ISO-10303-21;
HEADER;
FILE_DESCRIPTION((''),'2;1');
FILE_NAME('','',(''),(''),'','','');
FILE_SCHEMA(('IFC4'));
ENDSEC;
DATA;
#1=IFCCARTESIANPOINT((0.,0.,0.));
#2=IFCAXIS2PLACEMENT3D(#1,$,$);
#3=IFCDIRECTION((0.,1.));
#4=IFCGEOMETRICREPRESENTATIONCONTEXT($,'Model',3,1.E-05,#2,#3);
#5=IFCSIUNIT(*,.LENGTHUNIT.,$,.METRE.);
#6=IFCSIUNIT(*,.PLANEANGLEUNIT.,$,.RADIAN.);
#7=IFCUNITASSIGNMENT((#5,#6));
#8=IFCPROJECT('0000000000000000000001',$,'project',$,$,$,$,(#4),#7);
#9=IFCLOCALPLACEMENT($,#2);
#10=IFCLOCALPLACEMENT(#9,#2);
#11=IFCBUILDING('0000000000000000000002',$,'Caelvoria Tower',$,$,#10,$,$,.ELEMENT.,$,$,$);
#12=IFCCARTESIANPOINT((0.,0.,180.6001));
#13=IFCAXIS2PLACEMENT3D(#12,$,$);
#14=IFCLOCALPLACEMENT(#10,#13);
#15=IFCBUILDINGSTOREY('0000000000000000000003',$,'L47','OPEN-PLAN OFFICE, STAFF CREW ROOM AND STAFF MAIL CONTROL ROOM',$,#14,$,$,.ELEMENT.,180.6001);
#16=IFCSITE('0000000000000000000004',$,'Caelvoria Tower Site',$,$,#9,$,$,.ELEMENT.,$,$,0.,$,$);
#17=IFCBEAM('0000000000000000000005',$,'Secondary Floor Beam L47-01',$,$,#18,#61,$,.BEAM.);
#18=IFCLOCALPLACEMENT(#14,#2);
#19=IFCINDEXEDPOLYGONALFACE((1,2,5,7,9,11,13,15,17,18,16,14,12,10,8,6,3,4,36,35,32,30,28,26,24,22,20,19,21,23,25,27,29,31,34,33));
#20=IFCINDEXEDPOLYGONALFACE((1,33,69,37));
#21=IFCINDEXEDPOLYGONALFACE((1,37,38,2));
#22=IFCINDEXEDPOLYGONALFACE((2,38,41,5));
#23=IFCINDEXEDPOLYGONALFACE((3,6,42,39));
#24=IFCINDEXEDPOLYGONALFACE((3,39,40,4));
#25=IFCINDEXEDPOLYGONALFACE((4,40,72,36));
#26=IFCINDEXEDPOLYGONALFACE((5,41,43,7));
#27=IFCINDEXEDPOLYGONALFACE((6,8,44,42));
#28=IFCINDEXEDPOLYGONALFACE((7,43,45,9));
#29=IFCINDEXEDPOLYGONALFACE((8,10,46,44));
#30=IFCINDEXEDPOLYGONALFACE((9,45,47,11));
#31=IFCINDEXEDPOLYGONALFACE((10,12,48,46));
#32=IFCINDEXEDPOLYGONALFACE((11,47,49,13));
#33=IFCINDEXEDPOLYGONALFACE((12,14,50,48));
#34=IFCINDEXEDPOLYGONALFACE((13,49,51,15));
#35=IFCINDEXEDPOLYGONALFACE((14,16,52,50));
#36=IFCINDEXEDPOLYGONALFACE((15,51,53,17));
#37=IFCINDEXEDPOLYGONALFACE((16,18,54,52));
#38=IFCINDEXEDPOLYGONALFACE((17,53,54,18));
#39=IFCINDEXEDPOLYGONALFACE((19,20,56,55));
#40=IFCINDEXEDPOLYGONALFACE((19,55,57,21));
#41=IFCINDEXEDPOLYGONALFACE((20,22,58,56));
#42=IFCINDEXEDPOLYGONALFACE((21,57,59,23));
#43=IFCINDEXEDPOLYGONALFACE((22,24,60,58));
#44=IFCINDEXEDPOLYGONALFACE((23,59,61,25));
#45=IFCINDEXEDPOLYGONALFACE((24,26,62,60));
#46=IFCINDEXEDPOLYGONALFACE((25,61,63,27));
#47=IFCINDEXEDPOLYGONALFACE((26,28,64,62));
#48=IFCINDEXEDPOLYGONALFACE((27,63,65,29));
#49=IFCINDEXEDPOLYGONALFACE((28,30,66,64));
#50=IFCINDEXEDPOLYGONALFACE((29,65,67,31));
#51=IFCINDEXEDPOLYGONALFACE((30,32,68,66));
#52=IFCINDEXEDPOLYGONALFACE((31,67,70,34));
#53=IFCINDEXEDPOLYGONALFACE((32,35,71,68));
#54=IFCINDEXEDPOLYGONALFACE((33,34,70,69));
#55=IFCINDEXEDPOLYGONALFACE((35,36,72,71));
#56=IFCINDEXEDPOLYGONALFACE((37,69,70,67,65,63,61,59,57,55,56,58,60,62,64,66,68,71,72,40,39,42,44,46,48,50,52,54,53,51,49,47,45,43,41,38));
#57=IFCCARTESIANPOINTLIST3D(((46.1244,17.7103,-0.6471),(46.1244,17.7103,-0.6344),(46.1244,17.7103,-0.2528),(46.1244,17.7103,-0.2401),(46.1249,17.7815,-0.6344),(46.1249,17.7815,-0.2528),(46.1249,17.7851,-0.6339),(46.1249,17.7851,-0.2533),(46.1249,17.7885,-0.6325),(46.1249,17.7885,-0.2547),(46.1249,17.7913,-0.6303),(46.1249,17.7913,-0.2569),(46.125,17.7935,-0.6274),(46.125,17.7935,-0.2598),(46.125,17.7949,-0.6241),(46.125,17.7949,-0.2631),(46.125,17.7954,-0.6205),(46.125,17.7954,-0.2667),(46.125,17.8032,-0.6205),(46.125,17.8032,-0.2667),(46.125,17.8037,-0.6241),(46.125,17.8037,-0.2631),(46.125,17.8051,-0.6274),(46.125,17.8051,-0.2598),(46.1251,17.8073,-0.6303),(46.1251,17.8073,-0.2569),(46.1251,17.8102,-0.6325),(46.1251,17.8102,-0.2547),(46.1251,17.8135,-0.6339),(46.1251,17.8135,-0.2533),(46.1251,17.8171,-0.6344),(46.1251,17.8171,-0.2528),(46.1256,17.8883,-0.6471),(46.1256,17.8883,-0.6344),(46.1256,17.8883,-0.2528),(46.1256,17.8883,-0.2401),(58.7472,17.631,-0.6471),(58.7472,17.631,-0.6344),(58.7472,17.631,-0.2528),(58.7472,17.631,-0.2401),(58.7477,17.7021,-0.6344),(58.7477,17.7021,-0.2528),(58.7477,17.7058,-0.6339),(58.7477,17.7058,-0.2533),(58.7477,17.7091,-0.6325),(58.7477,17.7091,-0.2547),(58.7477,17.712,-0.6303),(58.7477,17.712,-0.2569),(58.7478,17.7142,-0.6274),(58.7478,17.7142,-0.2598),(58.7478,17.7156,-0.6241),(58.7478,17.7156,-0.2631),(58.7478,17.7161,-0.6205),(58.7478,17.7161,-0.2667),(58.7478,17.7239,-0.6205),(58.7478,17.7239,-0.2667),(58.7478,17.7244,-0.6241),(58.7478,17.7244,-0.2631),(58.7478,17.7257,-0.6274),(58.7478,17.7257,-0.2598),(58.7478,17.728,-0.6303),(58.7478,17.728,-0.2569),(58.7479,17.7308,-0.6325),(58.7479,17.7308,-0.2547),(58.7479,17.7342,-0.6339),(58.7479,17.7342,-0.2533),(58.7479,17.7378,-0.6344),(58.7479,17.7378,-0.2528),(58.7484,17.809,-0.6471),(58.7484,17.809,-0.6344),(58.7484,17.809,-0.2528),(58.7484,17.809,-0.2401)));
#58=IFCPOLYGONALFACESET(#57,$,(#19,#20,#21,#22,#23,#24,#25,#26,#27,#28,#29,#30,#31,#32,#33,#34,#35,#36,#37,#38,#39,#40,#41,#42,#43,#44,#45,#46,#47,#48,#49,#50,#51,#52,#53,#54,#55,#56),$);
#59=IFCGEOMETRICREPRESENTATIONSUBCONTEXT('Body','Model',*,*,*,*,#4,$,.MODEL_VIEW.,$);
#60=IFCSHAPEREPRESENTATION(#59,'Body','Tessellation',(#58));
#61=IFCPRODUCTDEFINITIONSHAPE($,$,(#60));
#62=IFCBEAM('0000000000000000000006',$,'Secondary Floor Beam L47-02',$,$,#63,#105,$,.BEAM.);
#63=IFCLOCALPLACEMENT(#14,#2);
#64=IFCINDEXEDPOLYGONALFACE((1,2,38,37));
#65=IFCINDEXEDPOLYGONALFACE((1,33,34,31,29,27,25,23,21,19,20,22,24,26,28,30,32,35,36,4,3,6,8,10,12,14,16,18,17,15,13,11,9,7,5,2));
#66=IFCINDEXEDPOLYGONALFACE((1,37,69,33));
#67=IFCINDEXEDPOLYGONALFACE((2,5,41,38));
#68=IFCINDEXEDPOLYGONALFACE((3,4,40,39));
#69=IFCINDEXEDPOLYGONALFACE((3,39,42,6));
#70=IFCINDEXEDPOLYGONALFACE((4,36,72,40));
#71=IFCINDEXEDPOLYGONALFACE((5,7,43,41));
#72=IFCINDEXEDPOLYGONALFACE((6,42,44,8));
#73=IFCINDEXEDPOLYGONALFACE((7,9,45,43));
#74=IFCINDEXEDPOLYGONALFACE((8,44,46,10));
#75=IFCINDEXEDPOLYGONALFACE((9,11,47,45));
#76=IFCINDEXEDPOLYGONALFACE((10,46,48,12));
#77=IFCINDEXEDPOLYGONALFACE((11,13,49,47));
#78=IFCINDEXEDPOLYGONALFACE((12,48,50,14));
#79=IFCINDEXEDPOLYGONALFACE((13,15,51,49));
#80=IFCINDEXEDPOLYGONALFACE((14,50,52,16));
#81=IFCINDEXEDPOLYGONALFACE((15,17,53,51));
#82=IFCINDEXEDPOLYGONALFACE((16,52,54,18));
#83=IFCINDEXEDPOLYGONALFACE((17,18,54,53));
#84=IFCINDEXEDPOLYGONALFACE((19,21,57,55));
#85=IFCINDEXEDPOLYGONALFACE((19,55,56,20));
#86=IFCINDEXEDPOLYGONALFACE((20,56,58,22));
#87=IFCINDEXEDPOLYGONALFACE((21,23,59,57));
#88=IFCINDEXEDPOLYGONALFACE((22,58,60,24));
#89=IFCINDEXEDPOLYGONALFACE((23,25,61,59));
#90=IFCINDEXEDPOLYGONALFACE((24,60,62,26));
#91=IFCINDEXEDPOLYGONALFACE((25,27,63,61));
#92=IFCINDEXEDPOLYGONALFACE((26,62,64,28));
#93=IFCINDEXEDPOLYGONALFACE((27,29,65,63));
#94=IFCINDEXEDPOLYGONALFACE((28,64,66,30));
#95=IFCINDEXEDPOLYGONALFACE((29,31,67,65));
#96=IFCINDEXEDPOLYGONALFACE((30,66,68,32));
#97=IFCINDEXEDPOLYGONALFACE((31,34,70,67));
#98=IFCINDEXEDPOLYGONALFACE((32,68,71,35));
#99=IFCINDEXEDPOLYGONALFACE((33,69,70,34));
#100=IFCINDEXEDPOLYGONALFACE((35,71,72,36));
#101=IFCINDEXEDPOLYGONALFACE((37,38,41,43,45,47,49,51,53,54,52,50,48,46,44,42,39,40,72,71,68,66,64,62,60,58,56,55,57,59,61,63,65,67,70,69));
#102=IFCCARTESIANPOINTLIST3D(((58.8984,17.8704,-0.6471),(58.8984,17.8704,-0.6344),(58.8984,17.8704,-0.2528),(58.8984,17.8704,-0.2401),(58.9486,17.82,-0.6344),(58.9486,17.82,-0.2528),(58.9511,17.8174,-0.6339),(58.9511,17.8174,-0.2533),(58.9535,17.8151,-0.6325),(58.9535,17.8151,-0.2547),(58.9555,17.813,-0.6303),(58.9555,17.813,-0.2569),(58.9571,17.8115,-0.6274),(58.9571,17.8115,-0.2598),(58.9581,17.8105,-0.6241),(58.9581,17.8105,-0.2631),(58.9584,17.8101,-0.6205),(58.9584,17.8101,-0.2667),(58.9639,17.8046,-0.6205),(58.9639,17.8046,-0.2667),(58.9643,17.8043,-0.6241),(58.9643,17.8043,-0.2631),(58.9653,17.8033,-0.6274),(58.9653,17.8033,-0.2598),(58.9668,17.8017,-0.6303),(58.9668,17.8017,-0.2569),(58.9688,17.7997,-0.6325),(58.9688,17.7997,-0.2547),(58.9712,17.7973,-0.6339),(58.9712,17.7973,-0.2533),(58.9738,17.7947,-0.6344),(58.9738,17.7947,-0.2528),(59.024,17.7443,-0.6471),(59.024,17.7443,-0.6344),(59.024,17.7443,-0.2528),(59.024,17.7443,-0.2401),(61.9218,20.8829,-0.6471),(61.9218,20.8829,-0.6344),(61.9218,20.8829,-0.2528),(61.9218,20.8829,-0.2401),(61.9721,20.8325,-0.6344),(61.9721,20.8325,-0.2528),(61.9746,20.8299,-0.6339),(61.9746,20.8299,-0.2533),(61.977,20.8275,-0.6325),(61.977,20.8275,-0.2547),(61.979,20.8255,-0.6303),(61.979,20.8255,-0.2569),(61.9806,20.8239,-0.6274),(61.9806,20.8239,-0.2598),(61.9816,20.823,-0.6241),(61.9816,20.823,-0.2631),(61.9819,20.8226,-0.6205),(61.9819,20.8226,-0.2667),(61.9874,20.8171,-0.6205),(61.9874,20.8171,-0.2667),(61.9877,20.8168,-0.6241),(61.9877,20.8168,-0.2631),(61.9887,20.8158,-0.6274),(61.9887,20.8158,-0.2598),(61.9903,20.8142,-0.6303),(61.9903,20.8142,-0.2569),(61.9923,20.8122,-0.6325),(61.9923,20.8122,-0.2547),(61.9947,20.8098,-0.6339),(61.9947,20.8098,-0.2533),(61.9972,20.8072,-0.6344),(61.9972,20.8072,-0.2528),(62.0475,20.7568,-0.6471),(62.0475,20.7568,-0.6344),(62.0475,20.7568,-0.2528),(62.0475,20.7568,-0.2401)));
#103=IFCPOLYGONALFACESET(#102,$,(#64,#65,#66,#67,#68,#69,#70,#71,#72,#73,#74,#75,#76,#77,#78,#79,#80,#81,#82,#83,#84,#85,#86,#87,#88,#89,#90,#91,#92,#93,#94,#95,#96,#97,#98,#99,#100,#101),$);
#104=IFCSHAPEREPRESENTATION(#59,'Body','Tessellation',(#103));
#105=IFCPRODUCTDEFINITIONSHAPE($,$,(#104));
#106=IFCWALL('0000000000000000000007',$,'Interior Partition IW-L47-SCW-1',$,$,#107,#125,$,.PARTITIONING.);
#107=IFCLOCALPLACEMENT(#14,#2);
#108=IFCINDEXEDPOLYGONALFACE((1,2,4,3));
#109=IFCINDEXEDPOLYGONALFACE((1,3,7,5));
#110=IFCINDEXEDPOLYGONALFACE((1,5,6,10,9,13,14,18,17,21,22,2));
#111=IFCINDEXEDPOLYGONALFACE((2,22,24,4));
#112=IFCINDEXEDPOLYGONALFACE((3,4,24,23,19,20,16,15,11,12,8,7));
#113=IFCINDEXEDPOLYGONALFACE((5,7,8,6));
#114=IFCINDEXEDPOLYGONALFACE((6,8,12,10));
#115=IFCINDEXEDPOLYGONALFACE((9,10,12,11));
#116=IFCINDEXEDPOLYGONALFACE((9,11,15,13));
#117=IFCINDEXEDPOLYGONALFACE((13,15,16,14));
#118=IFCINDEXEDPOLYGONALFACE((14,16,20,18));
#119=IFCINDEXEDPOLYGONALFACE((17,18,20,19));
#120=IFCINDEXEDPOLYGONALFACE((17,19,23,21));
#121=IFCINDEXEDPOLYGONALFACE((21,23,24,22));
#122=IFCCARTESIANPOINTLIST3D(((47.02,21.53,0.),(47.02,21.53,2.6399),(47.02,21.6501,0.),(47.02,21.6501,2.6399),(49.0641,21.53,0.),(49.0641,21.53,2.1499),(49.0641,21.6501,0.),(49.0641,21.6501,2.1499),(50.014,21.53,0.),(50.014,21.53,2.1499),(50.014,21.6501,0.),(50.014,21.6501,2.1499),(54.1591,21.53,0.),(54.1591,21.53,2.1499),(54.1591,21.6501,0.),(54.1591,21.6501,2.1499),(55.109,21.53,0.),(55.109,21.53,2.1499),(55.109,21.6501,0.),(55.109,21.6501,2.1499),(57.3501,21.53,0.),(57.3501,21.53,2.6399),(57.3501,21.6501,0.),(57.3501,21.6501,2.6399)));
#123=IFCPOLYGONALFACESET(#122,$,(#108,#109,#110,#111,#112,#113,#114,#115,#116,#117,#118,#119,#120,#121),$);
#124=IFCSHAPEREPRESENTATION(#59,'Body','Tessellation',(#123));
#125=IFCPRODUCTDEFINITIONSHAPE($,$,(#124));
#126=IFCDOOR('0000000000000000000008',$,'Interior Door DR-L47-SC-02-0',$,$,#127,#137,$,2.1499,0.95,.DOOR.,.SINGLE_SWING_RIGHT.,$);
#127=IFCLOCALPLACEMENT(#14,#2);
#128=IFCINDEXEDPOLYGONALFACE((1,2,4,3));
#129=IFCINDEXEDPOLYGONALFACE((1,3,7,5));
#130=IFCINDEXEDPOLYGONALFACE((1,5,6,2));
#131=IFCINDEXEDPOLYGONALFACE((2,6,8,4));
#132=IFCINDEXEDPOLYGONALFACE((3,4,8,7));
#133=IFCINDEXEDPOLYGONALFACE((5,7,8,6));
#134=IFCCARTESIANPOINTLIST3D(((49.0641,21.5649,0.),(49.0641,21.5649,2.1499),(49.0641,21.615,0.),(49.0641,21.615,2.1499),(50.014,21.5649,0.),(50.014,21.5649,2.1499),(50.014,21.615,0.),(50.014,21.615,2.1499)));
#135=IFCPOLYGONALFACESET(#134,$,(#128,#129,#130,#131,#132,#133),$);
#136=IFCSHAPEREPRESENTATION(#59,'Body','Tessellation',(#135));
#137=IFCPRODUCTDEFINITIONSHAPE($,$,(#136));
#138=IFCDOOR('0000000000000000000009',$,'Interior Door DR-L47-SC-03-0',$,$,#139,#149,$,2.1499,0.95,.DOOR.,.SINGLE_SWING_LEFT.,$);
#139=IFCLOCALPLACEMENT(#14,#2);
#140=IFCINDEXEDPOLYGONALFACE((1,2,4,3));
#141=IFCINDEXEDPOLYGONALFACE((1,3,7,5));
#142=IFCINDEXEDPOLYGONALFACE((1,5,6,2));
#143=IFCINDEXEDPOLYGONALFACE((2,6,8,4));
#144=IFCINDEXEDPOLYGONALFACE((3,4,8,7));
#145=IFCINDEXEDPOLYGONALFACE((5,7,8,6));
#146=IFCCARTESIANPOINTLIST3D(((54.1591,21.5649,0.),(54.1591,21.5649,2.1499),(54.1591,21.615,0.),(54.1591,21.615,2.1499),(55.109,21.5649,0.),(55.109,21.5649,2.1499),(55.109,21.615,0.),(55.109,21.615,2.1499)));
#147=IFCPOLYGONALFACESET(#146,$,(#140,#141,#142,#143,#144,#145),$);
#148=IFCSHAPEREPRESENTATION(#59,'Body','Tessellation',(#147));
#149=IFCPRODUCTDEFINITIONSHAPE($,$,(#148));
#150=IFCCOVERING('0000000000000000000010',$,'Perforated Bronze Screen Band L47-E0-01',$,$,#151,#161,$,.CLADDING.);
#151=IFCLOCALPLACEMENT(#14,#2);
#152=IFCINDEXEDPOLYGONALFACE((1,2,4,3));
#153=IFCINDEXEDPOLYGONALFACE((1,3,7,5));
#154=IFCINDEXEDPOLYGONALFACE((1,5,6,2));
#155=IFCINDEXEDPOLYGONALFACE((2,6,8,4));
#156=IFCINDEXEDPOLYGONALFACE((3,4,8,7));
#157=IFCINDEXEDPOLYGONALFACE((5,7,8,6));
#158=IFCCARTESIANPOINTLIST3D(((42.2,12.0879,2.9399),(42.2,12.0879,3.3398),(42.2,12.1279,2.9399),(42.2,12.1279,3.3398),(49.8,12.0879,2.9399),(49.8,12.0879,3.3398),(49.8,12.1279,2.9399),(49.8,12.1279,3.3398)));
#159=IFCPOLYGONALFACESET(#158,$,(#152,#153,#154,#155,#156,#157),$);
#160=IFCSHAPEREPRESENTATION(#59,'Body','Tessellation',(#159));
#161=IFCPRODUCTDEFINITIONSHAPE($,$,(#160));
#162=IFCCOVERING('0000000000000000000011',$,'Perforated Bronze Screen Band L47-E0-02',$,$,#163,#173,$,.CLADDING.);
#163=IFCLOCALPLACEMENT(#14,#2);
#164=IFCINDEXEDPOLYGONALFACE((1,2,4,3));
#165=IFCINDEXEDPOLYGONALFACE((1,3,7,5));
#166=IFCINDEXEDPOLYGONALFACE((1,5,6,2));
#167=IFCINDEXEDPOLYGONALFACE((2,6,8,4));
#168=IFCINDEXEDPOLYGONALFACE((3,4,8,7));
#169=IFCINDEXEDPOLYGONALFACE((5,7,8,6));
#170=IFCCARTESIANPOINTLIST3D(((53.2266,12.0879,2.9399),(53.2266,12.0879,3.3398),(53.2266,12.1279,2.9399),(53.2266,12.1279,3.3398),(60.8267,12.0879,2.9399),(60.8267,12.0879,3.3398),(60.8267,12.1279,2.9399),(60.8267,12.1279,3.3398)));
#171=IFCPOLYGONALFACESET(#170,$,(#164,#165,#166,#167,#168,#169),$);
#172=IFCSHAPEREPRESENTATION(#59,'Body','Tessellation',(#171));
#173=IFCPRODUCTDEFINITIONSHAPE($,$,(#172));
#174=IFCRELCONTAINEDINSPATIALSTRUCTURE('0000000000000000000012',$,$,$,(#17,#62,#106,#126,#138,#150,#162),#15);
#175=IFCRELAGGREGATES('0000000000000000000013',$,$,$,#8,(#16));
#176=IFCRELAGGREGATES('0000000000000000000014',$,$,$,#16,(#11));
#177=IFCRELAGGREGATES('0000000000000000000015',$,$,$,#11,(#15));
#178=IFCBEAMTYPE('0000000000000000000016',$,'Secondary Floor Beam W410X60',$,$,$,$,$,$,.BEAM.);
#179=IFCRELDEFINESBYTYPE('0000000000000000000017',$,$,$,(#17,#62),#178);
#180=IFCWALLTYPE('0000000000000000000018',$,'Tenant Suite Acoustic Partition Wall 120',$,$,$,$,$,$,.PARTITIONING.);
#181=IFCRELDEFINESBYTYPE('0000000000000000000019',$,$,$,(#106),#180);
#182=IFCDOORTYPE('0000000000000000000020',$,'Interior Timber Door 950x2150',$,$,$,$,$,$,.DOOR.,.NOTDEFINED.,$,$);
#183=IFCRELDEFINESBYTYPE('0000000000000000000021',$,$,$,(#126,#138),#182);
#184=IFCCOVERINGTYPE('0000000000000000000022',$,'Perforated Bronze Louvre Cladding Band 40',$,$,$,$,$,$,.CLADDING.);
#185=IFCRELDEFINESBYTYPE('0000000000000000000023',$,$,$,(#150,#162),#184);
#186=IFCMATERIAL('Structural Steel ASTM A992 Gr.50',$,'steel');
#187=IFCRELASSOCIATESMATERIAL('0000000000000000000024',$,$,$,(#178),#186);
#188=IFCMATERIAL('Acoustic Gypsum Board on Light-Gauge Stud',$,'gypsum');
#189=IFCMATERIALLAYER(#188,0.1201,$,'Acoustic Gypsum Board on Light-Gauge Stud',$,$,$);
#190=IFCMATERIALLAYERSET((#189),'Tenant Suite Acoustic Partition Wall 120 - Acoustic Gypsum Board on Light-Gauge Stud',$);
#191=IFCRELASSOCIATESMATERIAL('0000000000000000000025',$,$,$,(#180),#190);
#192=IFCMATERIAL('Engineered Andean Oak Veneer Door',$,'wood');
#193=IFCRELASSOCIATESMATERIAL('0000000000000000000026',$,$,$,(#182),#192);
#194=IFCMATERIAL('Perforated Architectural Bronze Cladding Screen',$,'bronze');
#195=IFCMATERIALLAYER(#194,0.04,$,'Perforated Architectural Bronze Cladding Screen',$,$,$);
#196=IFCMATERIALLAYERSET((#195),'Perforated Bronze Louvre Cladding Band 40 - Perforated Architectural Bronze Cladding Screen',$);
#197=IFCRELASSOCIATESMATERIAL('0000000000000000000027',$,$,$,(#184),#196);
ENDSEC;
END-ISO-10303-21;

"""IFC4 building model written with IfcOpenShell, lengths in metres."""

from ifc_helpers import new_model, si_unit, direction, frame, frame_2d, origin, origin_2d, place, context, subcontext, project, spatial, rectangle, i_section, extrude, material, layer, layer_set, material_profile, profile_set, type_object, element, fill, save


model = new_model("IFC4")

# Units and contexts
model_context = context("Model", 3, precision=1e-05, world=origin(), true_north=direction((0.0, 1.0)))
body_context = subcontext(model_context, "Body", "Model", "MODEL_VIEW")
ifc_project = project(units=[si_unit("LENGTHUNIT", "METRE"), si_unit("PLANEANGLEUNIT", "RADIAN")], contexts=[model_context])

# Site, building, storey
site_placement = place(None, origin())
site = spatial("IfcSite", under=ifc_project, at=site_placement, Name="Caelvoria Tower Site", CompositionType="ELEMENT", RefElevation=0.0)
building_placement = place(site_placement, origin())
building = spatial("IfcBuilding", under=site, at=building_placement, Name="Caelvoria Tower", CompositionType="ELEMENT")
storey_placement = place(building_placement, frame((0.0, 0.0, 180.6001)))
storey = spatial("IfcBuildingStorey", under=building, at=storey_placement, Name="L47", Description="OPEN-PLAN OFFICE, STAFF CREW ROOM AND STAFF MAIL CONTROL ROOM", CompositionType="ELEMENT", Elevation=180.6001)

# Beams
ifc_material_1 = material(Name="Structural Steel ASTM A992 Gr.50", Category="steel")
ifc_material_profile = material_profile(ifc_material_1, i_section(OverallWidth=0.178, OverallDepth=0.407, WebThickness=0.0078, FlangeThickness=0.0127, FilletRadius=0.0139, at=origin_2d()), Name="Structural Steel ASTM A992 Gr.50")
ifc_profile_set = profile_set([ifc_material_profile], Name="W410X60 - Structural Steel ASTM A992 Gr.50")
beam_type = type_object("IfcBeamType", Name="Secondary Floor Beam W410X60", PredefinedType="BEAM", material=ifc_profile_set)
beam_1_placement = place(storey_placement, frame((46.125, 17.7993, -0.4436), z_axis=(0.99998, -0.006286, 0.0), x_axis=(0.006286, 0.99998, 0.0)))
element("IfcBeam", 1, at=beam_1_placement, inside=storey, type_object=beam_type, Name="Secondary Floor Beam L47-01", PredefinedType="BEAM", context=body_context, shape_type="SweptSolid", body=[
    extrude(i_section(OverallWidth=0.178, OverallDepth=0.407, WebThickness=0.0078, FlangeThickness=0.0127, FilletRadius=0.0139, at=origin_2d()), origin(), (0.0, 0.0, 1.0), 12.623),
])
beam_2_placement = place(storey_placement, frame((58.9612, 17.8074, -0.4436), z_axis=(0.708393, 0.705819, 0.0), x_axis=(-0.705819, 0.708393, 0.0)))
element("IfcBeam", 2, at=beam_2_placement, inside=storey, type_object=beam_type, Name="Secondary Floor Beam L47-02", PredefinedType="BEAM", context=body_context, shape_type="SweptSolid", body=[
    extrude(i_section(OverallWidth=0.178, OverallDepth=0.407, WebThickness=0.0078, FlangeThickness=0.0127, FilletRadius=0.0139, at=origin_2d()), origin(), (0.0, 0.0, 1.0), 4.2681),
])

# Wall, openings, doors
ifc_material_2 = material(Name="Acoustic Gypsum Board on Light-Gauge Stud", Category="gypsum")
ifc_layer_1 = layer(ifc_material_2, 0.1201, Name="Acoustic Gypsum Board on Light-Gauge Stud")
ifc_layer_set_1 = layer_set([ifc_layer_1], Name="Tenant Suite Acoustic Partition Wall 120 - Acoustic Gypsum Board on Light-Gauge Stud")
wall_type = type_object("IfcWallType", Name="Tenant Suite Acoustic Partition Wall 120", PredefinedType="PARTITIONING", material=ifc_layer_set_1)
wall_placement = place(storey_placement, frame((47.02, 21.5901, 0.0), z_axis=(0.0, 0.0, 1.0), x_axis=(1.0, 0.0, 0.0)))
wall = element("IfcWall", 3, at=wall_placement, inside=storey, type_object=wall_type, Name="Interior Partition IW-L47-SCW-1", PredefinedType="PARTITIONING", context=body_context, shape_type="SweptSolid", body=[
    extrude(rectangle(XDim=10.3301, YDim=0.1201, at=frame_2d((5.165, 0.0))), origin(), (0.0, 0.0, 1.0), 2.6399),
])
opening_1_placement = place(wall_placement, frame((2.0439, 0.0, 0.0)))
opening_1 = element("IfcOpeningElement", 4, at=opening_1_placement, cuts=wall, PredefinedType="OPENING", context=body_context, shape_type="SweptSolid", body=[
    extrude(rectangle(XDim=0.95, YDim=2.1499, at=frame_2d((0.4751, 1.075))), frame((0.0, 0.0701, 0.0), z_axis=(0.0, -1.0, 0.0), x_axis=(1.0, 0.0, 0.0)), (0.0, 0.0, 1.0), 0.1401),
])
opening_2_placement = place(wall_placement, frame((7.1389, 0.0, 0.0)))
opening_2 = element("IfcOpeningElement", 5, at=opening_2_placement, cuts=wall, PredefinedType="OPENING", context=body_context, shape_type="SweptSolid", body=[
    extrude(rectangle(XDim=0.95, YDim=2.1499, at=frame_2d((0.4751, 1.075))), frame((0.0, 0.0701, 0.0), z_axis=(0.0, -1.0, 0.0), x_axis=(1.0, 0.0, 0.0)), (0.0, 0.0, 1.0), 0.1401),
])
ifc_material_3 = material(Name="Engineered Andean Oak Veneer Door", Category="wood")
door_type = type_object("IfcDoorType", Name="Interior Timber Door 950x2150", OperationType="NOTDEFINED", PredefinedType="DOOR", material=ifc_material_3)
door_1_placement = place(opening_1_placement, origin())
door_1 = element("IfcDoor", 6, at=door_1_placement, inside=storey, type_object=door_type, Name="Interior Door DR-L47-SC-02-0", OperationType="SINGLE_SWING_RIGHT", OverallHeight=2.1499, OverallWidth=0.95, PredefinedType="DOOR", context=body_context, shape_type="SweptSolid", body=[
    extrude(rectangle(XDim=0.95, YDim=2.1499, at=frame_2d((0.4751, 1.075))), frame((0.0, 0.0249, 0.0), z_axis=(0.0, -1.0, 0.0), x_axis=(1.0, 0.0, 0.0)), (0.0, 0.0, 1.0), 0.05),
])
fill(opening_1, door_1)
door_2_placement = place(opening_2_placement, origin())
door_2 = element("IfcDoor", 7, at=door_2_placement, inside=storey, type_object=door_type, Name="Interior Door DR-L47-SC-03-0", OperationType="SINGLE_SWING_LEFT", OverallHeight=2.1499, OverallWidth=0.95, PredefinedType="DOOR", context=body_context, shape_type="SweptSolid", body=[
    extrude(rectangle(XDim=0.95, YDim=2.1499, at=frame_2d((0.4751, 1.075))), frame((0.0, 0.0249, 0.0), z_axis=(0.0, -1.0, 0.0), x_axis=(1.0, 0.0, 0.0)), (0.0, 0.0, 1.0), 0.05),
])
fill(opening_2, door_2)

# Coverings
ifc_material_4 = material(Name="Perforated Architectural Bronze Cladding Screen", Category="bronze")
ifc_layer_2 = layer(ifc_material_4, 0.04, Name="Perforated Architectural Bronze Cladding Screen")
ifc_layer_set_2 = layer_set([ifc_layer_2], Name="Perforated Bronze Louvre Cladding Band 40 - Perforated Architectural Bronze Cladding Screen")
covering_type = type_object("IfcCoveringType", Name="Perforated Bronze Louvre Cladding Band 40", PredefinedType="CLADDING", material=ifc_layer_set_2)
for number, where, z_axis, x_axis, name in (
    (8, (46.0, 12.1079, 2.9399), (0.0, 0.0, 1.0), (1.0, 0.0, 0.0), "Perforated Bronze Screen Band L47-E0-01"),
    (9, (57.0266, 12.1079, 2.9399), (0.0, 0.0, 1.0), (1.0, 0.0, 0.0), "Perforated Bronze Screen Band L47-E0-02"),
):
    element("IfcCovering", number, at=place(storey_placement, frame(where, z_axis=z_axis, x_axis=x_axis)), inside=storey, type_object=covering_type, Name=name, PredefinedType="CLADDING", context=body_context, shape_type="SweptSolid", body=[
        extrude(rectangle(XDim=7.6001, YDim=0.04, at=origin_2d()), origin(), (0.0, 0.0, 1.0), 0.3999),
    ])

save(model, "model.ifc")
